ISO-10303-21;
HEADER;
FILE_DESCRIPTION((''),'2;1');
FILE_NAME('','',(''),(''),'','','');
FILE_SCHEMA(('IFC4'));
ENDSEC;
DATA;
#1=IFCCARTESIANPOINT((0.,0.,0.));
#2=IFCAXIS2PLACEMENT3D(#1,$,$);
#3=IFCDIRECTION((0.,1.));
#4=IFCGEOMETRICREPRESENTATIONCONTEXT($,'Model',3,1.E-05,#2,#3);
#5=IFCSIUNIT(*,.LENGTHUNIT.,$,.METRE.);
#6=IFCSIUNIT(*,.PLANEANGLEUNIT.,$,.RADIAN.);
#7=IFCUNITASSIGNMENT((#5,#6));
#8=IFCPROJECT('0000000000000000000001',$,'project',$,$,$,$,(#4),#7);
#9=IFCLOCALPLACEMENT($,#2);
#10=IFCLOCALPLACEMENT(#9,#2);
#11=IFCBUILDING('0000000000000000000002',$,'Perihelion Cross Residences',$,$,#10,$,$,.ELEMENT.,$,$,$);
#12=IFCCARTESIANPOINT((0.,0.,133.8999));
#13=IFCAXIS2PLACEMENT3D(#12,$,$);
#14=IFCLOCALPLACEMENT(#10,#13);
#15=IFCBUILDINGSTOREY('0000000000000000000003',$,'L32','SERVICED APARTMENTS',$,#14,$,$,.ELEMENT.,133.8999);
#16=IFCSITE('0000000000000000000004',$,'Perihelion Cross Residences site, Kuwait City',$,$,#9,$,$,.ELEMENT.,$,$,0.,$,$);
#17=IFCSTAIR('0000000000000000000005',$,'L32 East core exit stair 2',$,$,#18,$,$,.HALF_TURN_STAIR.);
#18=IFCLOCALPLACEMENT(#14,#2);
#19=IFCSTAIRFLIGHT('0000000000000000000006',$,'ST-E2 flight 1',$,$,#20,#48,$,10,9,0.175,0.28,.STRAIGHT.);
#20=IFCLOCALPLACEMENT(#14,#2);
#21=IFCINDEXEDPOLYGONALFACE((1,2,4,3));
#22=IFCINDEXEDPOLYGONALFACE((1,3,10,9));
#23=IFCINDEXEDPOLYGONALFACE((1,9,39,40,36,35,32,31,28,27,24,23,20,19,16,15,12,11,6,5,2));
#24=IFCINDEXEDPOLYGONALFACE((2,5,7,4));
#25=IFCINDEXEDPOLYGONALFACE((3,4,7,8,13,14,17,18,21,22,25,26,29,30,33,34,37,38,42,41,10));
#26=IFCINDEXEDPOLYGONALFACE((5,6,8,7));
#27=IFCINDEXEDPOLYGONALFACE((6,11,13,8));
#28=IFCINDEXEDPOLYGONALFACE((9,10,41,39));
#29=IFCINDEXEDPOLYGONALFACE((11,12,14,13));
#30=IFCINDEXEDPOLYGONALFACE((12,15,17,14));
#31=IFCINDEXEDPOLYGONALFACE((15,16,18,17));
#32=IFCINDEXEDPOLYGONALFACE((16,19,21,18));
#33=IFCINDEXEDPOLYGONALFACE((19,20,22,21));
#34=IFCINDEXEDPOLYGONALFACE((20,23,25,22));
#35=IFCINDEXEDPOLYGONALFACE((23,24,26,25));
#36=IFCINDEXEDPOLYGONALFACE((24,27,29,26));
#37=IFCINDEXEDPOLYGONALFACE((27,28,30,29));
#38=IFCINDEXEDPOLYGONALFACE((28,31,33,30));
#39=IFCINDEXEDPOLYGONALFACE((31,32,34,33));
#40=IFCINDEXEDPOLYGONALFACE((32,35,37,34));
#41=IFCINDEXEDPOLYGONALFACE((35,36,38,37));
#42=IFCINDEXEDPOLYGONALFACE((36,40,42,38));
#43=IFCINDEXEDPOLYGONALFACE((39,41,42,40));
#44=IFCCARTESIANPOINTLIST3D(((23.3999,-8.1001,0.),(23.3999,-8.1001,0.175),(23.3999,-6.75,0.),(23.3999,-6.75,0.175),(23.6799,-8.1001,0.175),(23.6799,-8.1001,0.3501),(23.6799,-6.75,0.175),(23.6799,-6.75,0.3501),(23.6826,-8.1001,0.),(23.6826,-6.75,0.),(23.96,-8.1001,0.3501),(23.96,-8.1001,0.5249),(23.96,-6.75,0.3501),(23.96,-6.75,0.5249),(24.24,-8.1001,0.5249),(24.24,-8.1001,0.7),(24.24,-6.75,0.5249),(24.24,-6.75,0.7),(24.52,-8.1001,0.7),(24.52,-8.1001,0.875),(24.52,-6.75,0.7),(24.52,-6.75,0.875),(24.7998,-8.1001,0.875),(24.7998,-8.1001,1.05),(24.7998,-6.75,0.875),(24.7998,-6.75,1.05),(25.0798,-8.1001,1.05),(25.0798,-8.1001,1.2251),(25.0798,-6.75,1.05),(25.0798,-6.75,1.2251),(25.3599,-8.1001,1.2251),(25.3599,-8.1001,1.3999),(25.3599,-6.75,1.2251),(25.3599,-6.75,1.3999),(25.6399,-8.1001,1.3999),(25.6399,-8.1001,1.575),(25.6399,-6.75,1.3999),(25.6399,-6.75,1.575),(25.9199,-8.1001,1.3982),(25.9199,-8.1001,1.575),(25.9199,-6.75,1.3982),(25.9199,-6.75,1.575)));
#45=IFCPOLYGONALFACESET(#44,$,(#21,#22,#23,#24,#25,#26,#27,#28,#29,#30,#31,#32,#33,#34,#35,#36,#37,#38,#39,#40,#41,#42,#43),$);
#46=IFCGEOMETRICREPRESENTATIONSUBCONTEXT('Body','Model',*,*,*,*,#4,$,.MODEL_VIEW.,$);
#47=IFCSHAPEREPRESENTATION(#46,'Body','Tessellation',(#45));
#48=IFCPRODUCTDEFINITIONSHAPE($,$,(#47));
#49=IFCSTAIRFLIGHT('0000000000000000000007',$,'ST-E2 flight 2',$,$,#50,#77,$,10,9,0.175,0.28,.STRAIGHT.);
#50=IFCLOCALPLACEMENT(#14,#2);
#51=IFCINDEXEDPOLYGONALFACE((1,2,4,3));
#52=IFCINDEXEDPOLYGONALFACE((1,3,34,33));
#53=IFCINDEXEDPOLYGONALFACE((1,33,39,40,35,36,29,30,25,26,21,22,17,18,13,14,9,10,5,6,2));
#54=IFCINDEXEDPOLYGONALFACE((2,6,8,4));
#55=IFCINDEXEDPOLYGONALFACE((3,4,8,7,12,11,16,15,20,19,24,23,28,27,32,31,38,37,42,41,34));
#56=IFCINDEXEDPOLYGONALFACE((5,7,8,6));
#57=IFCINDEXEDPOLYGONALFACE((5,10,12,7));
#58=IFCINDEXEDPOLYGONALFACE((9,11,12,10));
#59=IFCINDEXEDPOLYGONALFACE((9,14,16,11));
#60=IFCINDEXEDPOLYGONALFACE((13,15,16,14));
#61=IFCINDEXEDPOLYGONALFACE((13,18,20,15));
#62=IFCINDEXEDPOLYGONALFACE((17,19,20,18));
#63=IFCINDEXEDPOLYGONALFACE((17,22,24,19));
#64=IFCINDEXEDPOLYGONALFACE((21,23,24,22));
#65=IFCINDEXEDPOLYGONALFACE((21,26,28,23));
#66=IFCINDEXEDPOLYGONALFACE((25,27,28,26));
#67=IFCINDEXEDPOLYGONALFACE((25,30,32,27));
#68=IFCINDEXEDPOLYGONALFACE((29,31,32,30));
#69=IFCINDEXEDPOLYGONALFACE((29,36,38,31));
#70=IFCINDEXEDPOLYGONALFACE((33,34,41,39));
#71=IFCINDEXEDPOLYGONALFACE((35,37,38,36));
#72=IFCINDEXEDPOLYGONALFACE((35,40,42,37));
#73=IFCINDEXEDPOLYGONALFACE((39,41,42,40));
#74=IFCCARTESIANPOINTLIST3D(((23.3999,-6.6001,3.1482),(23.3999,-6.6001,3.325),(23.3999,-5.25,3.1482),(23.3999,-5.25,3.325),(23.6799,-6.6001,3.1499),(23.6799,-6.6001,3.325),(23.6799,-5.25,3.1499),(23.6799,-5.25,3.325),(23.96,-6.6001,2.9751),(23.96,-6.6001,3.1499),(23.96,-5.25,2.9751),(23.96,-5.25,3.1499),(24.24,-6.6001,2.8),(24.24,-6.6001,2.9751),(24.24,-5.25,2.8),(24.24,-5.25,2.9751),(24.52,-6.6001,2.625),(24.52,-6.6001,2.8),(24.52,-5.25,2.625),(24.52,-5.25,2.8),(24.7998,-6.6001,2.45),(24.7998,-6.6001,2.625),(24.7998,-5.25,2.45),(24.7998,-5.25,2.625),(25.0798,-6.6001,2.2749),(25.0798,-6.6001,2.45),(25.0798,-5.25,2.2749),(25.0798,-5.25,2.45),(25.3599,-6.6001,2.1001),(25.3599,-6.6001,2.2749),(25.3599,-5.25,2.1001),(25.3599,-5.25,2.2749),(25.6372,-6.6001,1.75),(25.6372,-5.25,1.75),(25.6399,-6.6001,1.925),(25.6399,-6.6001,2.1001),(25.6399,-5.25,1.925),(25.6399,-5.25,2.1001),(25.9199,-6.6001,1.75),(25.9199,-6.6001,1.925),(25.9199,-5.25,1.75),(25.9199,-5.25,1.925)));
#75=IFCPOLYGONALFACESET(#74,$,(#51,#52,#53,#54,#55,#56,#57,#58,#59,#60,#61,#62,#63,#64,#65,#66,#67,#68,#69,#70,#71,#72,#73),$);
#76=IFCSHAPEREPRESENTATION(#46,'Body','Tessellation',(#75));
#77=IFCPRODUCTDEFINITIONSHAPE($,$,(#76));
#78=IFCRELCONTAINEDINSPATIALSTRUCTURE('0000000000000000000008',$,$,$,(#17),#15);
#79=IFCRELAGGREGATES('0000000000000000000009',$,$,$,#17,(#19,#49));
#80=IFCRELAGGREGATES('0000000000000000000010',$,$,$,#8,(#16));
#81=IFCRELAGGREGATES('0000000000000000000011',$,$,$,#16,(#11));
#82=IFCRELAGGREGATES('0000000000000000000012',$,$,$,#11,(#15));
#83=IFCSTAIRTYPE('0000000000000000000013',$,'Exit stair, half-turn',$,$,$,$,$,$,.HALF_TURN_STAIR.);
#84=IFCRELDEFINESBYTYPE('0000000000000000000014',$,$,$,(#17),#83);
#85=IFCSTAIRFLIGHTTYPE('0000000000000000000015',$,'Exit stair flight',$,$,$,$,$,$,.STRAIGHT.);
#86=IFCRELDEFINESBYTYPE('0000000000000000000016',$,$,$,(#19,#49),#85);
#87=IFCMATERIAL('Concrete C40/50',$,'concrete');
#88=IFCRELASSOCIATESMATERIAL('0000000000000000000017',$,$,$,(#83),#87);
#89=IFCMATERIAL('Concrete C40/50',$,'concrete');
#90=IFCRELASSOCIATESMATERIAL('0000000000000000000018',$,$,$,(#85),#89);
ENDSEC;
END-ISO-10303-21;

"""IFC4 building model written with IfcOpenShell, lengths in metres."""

from ifc_helpers import new_model, si_unit, direction, frame, origin, place, context, subcontext, project, spatial, polyline, outline, extrude, material, type_object, element, aggregate, save


model = new_model("IFC4")

# Units and contexts
model_context = context("Model", 3, precision=1e-05, world=origin(), true_north=direction((0.0, 1.0)))
body_context = subcontext(model_context, "Body", "Model", "MODEL_VIEW")
ifc_project = project(units=[si_unit("LENGTHUNIT", "METRE"), si_unit("PLANEANGLEUNIT", "RADIAN")], contexts=[model_context])

# Site, building, storey
site_placement = place(None, origin())
site = spatial("IfcSite", under=ifc_project, at=site_placement, Name="Perihelion Cross Residences site, Kuwait City", CompositionType="ELEMENT", RefElevation=0.0)
building_placement = place(site_placement, origin())
building = spatial("IfcBuilding", under=site, at=building_placement, Name="Perihelion Cross Residences", CompositionType="ELEMENT")
storey_placement = place(building_placement, frame((0.0, 0.0, 133.8999)))
storey = spatial("IfcBuildingStorey", under=building, at=storey_placement, Name="L32", Description="SERVICED APARTMENTS", CompositionType="ELEMENT", Elevation=133.8999)

# Stair, stair flights
ifc_material_1 = material(Name="Concrete C40/50", Category="concrete")
stair_type = type_object("IfcStairType", Name="Exit stair, half-turn", PredefinedType="HALF_TURN_STAIR", material=ifc_material_1)
stair_placement = place(storey_placement, origin())
stair = element("IfcStair", 1, at=stair_placement, inside=storey, type_object=stair_type, Name="L32 East core exit stair 2", PredefinedType="HALF_TURN_STAIR")
ifc_material_2 = material(Name="Concrete C40/50", Category="concrete")
stair_flight_type = type_object("IfcStairFlightType", Name="Exit stair flight", PredefinedType="STRAIGHT", material=ifc_material_2)
stair_flight_1_placement = place(storey_placement, frame((23.3999, -7.425, 0.0), z_axis=(0.0, 0.0, 1.0), x_axis=(1.0, 0.0, 0.0)))
stair_flight_1 = element("IfcStairFlight", 2, at=stair_flight_1_placement, type_object=stair_flight_type, Name="ST-E2 flight 1", NumberOfRisers=10, NumberOfTreads=9, PredefinedType="STRAIGHT", RiserHeight=0.175, TreadLength=0.28, context=body_context, shape_type="SweptSolid", body=[
    extrude(outline(polyline([(0.0, 0.0), (0.0, 0.175), (0.28, 0.175), (0.28, 0.3501), (0.5601, 0.3501), (0.5601, 0.5249), (0.8401, 0.5249), (0.8401, 0.7), (1.1201, 0.7), (1.1201, 0.875), (1.3999, 0.875), (1.3999, 1.05), (1.6799, 1.05), (1.6799, 1.2251), (1.96, 1.2251), (1.96, 1.3999), (2.24, 1.3999), (2.24, 1.575), (2.52, 1.575), (2.52, 1.75), (2.52, 1.3982), (0.2827, 0.0), (0.0, 0.0)])), frame((0.0, 0.675, 0.0), z_axis=(0.0, -1.0, 0.0), x_axis=(1.0, 0.0, 0.0)), (0.0, 0.0, 1.0), 1.3501),
])
stair_flight_2_placement = place(storey_placement, frame((25.9199, -5.925, 1.75), z_axis=(0.0, 0.0, 1.0), x_axis=(-1.0, 0.0, 0.0)))
stair_flight_2 = element("IfcStairFlight", 3, at=stair_flight_2_placement, type_object=stair_flight_type, Name="ST-E2 flight 2", NumberOfRisers=10, NumberOfTreads=9, PredefinedType="STRAIGHT", RiserHeight=0.175, TreadLength=0.28, context=body_context, shape_type="SweptSolid", body=[
    extrude(outline(polyline([(0.0, 0.0), (0.0, 0.175), (0.28, 0.175), (0.28, 0.3501), (0.5601, 0.3501), (0.5601, 0.5249), (0.8401, 0.5249), (0.8401, 0.7), (1.1201, 0.7), (1.1201, 0.875), (1.3999, 0.875), (1.3999, 1.05), (1.6799, 1.05), (1.6799, 1.2251), (1.96, 1.2251), (1.96, 1.3999), (2.24, 1.3999), (2.24, 1.575), (2.52, 1.575), (2.52, 1.75), (2.52, 1.3982), (0.2827, 0.0), (0.0, 0.0)])), frame((0.0, 0.675, 0.0), z_axis=(0.0, -1.0, 0.0), x_axis=(1.0, 0.0, 0.0)), (0.0, 0.0, 1.0), 1.3501),
])
aggregate(stair, [stair_flight_1, stair_flight_2])

save(model, "model.ifc")
